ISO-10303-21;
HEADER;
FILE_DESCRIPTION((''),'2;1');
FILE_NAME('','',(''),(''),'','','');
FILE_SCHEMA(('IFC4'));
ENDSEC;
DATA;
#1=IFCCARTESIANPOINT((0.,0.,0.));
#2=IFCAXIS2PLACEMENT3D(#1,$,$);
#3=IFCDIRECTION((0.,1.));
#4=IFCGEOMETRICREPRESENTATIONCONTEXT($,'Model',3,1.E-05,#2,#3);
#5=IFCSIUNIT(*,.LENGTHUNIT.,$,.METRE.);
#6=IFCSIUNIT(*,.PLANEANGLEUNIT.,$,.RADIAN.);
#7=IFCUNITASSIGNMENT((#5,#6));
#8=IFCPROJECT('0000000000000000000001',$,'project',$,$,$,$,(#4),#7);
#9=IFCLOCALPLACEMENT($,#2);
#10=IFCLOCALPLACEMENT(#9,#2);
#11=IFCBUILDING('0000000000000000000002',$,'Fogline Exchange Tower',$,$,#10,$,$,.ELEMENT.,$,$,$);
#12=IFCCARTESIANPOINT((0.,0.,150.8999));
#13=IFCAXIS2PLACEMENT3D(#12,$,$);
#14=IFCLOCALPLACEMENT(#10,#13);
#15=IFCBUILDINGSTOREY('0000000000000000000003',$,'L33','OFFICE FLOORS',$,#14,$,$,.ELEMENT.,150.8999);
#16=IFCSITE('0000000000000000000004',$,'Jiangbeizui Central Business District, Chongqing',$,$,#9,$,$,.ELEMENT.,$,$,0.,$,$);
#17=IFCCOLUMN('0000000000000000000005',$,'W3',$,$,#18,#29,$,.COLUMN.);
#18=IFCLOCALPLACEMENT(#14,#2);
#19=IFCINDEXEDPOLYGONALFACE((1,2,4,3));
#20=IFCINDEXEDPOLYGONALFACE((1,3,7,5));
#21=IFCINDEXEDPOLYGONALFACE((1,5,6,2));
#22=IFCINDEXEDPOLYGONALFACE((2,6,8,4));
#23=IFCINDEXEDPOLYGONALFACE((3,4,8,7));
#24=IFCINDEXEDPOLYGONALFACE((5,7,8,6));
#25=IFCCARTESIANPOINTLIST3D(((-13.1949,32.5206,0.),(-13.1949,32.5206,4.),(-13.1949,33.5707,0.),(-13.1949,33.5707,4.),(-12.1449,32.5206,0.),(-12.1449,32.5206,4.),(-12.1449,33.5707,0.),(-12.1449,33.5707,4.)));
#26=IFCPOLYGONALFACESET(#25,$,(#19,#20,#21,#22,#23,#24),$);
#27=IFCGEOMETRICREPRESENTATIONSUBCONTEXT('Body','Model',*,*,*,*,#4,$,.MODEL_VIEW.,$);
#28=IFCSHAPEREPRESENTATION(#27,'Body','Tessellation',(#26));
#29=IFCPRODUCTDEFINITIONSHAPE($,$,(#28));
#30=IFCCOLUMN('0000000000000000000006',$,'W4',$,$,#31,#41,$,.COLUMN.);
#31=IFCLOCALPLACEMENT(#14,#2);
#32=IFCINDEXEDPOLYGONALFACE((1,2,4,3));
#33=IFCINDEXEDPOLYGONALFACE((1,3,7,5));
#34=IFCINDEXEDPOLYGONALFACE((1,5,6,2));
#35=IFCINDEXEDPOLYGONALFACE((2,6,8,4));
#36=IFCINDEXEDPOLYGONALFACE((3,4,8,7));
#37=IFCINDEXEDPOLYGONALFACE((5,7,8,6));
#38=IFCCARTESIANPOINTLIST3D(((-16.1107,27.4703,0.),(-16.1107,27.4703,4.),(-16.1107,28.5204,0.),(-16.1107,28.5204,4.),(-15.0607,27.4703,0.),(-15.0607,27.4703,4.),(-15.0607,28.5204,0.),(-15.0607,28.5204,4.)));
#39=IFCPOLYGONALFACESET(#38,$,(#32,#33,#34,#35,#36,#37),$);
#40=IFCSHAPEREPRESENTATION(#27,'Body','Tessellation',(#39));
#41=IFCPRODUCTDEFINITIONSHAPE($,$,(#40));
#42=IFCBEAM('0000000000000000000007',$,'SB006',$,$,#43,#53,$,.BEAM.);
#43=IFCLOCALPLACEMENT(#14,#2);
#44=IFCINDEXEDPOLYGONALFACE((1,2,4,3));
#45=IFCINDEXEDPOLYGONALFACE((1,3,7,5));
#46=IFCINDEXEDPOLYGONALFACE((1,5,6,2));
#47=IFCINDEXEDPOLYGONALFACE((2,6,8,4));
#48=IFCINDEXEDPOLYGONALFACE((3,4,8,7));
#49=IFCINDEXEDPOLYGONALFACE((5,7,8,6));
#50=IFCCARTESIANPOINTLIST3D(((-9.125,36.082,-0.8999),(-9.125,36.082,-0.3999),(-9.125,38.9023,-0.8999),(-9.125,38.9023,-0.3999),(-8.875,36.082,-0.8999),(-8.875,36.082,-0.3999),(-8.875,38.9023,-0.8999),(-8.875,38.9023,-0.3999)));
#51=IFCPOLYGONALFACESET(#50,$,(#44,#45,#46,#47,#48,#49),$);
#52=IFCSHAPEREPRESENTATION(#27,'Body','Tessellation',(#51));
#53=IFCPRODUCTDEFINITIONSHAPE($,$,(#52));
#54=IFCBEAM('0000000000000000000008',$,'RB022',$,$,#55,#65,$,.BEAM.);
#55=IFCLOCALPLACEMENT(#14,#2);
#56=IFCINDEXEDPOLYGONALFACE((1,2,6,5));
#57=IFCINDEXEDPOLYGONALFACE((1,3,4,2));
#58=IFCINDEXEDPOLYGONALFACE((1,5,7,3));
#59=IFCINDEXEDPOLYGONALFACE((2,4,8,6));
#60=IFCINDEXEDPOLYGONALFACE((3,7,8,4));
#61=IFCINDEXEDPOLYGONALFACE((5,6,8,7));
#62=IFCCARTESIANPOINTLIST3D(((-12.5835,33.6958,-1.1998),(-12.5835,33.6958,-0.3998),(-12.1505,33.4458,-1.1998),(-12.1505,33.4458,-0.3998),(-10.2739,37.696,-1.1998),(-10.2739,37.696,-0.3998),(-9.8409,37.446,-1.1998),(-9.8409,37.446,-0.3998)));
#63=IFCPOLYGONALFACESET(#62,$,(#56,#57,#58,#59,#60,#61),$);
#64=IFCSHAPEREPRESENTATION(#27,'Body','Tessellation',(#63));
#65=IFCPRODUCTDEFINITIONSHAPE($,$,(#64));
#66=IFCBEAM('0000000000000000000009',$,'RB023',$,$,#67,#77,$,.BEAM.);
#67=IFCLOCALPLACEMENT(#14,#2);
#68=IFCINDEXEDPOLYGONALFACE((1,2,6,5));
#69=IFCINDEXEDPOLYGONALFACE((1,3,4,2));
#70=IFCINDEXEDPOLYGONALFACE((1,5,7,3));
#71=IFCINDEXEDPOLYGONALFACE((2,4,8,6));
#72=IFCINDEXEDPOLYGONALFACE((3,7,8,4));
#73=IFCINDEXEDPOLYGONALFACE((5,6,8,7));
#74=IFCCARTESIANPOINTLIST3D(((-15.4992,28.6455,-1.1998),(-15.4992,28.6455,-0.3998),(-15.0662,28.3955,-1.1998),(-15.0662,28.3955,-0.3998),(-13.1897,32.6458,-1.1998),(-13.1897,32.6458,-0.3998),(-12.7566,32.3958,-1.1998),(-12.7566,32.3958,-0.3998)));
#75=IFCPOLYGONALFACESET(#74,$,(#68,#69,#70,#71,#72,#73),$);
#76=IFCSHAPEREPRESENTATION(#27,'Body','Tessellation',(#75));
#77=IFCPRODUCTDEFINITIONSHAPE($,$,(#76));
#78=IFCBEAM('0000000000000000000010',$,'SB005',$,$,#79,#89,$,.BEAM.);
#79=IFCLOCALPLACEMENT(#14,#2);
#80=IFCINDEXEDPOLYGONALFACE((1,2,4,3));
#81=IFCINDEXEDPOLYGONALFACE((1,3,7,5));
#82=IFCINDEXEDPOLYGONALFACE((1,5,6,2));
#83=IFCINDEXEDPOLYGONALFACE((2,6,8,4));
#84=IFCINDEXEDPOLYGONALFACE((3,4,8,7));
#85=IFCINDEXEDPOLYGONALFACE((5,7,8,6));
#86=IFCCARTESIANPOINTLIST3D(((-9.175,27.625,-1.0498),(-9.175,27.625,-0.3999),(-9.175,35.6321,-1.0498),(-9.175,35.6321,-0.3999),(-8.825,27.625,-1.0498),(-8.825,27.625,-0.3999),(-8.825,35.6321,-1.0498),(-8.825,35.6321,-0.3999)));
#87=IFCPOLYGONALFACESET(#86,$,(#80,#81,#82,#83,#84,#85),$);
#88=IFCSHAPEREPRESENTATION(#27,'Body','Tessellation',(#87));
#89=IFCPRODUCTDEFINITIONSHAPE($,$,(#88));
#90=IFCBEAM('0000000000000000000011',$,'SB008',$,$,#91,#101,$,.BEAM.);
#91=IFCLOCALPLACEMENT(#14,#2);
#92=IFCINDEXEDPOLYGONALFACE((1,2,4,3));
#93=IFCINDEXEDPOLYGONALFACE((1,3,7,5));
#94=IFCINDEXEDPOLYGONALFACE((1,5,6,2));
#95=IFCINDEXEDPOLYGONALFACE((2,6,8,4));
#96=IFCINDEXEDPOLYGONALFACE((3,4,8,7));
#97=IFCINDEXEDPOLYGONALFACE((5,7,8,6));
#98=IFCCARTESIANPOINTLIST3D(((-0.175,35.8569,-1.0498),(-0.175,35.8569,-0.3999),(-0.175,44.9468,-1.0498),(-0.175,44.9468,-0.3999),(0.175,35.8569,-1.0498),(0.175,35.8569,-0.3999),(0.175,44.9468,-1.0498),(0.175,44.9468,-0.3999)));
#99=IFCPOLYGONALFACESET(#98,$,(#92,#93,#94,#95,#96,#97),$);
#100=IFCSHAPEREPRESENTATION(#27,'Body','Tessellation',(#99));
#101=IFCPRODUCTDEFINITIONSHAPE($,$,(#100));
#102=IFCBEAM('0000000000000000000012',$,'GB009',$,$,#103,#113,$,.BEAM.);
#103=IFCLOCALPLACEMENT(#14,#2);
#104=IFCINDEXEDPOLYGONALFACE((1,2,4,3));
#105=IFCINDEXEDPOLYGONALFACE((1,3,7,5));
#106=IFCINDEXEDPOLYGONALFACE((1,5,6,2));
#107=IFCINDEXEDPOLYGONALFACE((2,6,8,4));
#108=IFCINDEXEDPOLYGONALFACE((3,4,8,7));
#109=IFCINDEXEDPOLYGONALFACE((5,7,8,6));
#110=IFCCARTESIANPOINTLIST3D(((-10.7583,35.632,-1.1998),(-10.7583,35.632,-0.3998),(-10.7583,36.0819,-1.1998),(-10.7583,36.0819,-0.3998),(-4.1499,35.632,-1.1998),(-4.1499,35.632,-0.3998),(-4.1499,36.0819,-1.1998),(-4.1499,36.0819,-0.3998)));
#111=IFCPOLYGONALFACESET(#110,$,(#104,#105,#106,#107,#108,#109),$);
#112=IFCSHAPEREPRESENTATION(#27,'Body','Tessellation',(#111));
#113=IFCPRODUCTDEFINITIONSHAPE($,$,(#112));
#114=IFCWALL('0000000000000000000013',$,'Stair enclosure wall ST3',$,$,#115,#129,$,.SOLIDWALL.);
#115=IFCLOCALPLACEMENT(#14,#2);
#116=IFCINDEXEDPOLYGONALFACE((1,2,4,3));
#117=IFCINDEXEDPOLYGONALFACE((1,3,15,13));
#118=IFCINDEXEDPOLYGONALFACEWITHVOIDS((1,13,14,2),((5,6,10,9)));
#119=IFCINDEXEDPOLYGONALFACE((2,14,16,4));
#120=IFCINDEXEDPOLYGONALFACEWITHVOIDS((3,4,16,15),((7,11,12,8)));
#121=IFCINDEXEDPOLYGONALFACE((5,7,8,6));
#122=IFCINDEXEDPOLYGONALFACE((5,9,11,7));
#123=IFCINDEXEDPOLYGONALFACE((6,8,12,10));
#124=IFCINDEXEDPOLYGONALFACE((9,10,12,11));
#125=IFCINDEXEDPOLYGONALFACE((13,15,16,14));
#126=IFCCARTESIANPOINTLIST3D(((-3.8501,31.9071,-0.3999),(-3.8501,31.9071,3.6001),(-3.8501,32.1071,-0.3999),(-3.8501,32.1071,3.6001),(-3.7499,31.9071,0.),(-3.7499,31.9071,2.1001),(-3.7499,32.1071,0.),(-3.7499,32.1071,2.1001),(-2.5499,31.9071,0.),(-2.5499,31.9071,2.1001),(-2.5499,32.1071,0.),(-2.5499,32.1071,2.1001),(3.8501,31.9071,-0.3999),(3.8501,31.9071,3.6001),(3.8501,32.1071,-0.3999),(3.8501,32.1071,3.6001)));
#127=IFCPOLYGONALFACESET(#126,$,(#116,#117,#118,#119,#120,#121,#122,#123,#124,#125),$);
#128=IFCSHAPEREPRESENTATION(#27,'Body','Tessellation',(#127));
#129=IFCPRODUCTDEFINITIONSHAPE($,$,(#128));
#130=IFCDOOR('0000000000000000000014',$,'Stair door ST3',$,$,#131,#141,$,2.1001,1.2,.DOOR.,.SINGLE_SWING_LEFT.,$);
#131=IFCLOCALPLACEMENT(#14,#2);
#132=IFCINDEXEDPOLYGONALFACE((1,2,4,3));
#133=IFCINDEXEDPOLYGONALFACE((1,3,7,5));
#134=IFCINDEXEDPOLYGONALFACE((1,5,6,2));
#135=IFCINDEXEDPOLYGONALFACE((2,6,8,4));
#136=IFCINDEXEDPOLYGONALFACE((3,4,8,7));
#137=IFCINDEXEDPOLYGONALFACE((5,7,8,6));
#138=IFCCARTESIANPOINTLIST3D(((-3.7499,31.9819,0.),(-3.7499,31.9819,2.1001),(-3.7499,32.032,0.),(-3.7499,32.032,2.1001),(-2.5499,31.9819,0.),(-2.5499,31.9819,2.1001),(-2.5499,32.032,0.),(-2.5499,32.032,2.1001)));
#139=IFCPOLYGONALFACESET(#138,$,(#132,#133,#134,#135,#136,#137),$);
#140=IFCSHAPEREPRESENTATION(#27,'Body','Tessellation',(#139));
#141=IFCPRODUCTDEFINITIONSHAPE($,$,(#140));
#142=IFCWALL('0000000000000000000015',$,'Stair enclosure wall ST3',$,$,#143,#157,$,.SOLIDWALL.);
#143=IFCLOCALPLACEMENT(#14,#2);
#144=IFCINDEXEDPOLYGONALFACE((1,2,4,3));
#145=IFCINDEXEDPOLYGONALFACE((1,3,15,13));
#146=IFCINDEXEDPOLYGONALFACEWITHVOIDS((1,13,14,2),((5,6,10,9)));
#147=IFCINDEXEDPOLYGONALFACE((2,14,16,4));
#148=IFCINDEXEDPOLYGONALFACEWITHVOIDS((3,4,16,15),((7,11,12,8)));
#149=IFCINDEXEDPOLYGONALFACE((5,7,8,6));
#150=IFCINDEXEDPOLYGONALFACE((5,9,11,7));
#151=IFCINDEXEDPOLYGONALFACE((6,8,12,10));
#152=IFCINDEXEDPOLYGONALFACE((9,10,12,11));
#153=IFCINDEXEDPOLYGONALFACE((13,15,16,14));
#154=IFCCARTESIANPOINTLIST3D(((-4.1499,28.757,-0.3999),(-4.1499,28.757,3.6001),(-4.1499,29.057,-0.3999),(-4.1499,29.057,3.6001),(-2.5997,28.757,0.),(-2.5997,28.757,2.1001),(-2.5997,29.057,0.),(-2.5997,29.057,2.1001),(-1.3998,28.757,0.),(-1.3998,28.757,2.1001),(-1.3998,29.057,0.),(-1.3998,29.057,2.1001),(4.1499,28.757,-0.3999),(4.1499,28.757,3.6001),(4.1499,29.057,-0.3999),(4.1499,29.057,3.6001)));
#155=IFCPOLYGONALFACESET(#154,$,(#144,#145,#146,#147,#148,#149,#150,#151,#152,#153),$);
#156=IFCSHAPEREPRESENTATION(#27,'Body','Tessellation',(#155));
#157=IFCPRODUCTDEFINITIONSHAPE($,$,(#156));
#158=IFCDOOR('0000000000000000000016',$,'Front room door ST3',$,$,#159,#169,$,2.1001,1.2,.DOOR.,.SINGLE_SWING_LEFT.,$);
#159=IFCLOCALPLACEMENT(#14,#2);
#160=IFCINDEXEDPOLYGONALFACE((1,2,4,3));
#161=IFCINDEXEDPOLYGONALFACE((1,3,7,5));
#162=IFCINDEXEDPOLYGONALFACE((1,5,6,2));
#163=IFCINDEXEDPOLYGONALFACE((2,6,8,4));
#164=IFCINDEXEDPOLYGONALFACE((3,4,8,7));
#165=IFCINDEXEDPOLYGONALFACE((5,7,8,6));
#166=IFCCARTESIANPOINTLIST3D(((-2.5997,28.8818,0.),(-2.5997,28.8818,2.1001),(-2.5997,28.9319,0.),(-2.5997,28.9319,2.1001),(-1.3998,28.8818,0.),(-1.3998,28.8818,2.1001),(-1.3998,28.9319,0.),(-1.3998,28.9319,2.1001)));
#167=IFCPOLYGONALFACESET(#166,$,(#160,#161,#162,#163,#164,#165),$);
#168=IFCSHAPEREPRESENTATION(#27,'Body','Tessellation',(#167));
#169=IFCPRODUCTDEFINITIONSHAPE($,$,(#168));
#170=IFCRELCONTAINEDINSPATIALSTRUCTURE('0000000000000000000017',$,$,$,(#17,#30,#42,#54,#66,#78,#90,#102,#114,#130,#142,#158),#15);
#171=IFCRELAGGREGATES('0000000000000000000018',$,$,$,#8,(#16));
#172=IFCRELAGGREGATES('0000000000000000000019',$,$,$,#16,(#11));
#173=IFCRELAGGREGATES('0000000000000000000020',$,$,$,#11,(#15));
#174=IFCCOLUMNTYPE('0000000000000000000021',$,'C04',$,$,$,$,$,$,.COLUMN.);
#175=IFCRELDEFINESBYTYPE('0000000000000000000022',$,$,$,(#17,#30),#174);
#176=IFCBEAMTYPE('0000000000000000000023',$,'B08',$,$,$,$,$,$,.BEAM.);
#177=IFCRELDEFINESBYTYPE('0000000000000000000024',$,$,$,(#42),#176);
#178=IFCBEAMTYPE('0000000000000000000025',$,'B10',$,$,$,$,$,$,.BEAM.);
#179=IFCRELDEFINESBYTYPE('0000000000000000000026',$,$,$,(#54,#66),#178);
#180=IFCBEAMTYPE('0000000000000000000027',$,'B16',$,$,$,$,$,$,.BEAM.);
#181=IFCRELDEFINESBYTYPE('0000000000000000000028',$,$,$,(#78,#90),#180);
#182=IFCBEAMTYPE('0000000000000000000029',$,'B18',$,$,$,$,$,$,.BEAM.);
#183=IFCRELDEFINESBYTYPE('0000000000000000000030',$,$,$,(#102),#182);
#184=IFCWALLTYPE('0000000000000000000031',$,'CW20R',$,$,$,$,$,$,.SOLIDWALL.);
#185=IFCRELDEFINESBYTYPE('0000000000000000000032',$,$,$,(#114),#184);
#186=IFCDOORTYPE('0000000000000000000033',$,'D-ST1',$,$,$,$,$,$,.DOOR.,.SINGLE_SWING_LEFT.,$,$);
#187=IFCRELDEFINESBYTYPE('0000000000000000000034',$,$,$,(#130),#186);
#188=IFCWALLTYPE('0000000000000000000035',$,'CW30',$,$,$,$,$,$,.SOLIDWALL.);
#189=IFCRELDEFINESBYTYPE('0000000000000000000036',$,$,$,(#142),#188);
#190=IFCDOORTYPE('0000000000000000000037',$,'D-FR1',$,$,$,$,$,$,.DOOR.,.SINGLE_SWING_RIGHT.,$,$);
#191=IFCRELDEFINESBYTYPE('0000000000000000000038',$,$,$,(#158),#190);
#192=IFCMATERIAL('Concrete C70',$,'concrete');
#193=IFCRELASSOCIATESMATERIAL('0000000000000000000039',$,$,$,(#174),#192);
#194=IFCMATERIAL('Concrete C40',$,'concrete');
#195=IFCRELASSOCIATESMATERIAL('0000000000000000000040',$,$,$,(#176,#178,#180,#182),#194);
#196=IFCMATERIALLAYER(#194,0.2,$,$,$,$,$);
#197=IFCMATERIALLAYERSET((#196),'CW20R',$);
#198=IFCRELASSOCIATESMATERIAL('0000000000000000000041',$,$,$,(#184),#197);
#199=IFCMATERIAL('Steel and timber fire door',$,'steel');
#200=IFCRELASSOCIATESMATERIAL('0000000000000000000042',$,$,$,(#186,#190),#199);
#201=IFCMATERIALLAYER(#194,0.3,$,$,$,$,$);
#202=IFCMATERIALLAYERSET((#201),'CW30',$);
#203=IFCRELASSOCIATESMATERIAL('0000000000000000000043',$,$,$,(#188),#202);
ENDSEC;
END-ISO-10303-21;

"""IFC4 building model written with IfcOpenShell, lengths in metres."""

from ifc_helpers import new_model, si_unit, direction, frame, frame_2d, origin, origin_2d, place, context, subcontext, project, spatial, rectangle, extrude, material, layer, layer_set, material_profile, profile_set, type_object, element, fill, save


model = new_model("IFC4")

# Units and contexts
model_context = context("Model", 3, precision=1e-05, world=origin(), true_north=direction((0.0, 1.0)))
body_context = subcontext(model_context, "Body", "Model", "MODEL_VIEW")
ifc_project = project(units=[si_unit("LENGTHUNIT", "METRE"), si_unit("PLANEANGLEUNIT", "RADIAN")], contexts=[model_context])

# Site, building, storey
site_placement = place(None, origin())
site = spatial("IfcSite", under=ifc_project, at=site_placement, Name="Jiangbeizui Central Business District, Chongqing", CompositionType="ELEMENT", RefElevation=0.0)
building_placement = place(site_placement, origin())
building = spatial("IfcBuilding", under=site, at=building_placement, Name="Fogline Exchange Tower", CompositionType="ELEMENT")
storey_placement = place(building_placement, frame((0.0, 0.0, 150.8999)))
storey = spatial("IfcBuildingStorey", under=building, at=storey_placement, Name="L33", Description="OFFICE FLOORS", CompositionType="ELEMENT", Elevation=150.8999)

# Columns
ifc_material_1 = material(Name="Concrete C70", Category="concrete")
ifc_material_profile_1 = material_profile(ifc_material_1, rectangle(XDim=1.05, YDim=1.05, at=origin_2d()), Name="RC 1050x1050")
ifc_profile_set_1 = profile_set([ifc_material_profile_1], Name="Concrete C70")
column_type = type_object("IfcColumnType", Name="C04", PredefinedType="COLUMN", material=ifc_profile_set_1)
for number, where, z_axis, x_axis, name in (
    (1, (-12.6699, 33.0457, 0.0), (0.0, 0.0, 1.0), (1.0, 0.0, 0.0), "W3"),
    (2, (-15.5857, 27.9954, 0.0), (0.0, 0.0, 1.0), (1.0, 0.0, 0.0), "W4"),
):
    element("IfcColumn", number, at=place(storey_placement, frame(where, z_axis=z_axis, x_axis=x_axis)), inside=storey, type_object=column_type, Name=name, PredefinedType="COLUMN", context=body_context, shape_type="SweptSolid", body=[
        extrude(rectangle(XDim=1.05, YDim=1.05, at=origin_2d()), origin(), (0.0, 0.0, 1.0), 4.0),
    ])

# Beams
ifc_material_2 = material(Name="Concrete C40", Category="concrete")
ifc_material_profile_2 = material_profile(ifc_material_2, rectangle(XDim=0.25, YDim=0.5, at=origin_2d()), Name="RC 250x500")
ifc_profile_set_2 = profile_set([ifc_material_profile_2], Name="Concrete C40")
beam_type_1 = type_object("IfcBeamType", Name="B08", PredefinedType="BEAM", material=ifc_profile_set_2)
beam_1_placement = place(storey_placement, frame((-9.0, 36.082, -0.6499), z_axis=(0.0, 1.0, 0.0), x_axis=(-1.0, 0.0, 0.0)))
element("IfcBeam", 3, at=beam_1_placement, inside=storey, type_object=beam_type_1, Name="SB006", PredefinedType="BEAM", context=body_context, shape_type="SweptSolid", body=[
    extrude(rectangle(XDim=0.25, YDim=0.5, at=origin_2d()), origin(), (0.0, 0.0, 1.0), 2.8203),
])
ifc_material_profile_3 = material_profile(ifc_material_2, rectangle(XDim=0.5, YDim=0.8, at=origin_2d()), Name="RC 500x800")
ifc_profile_set_3 = profile_set([ifc_material_profile_3], Name="Concrete C40")
beam_type_2 = type_object("IfcBeamType", Name="B10", PredefinedType="BEAM", material=ifc_profile_set_3)
for number, where, z_axis, x_axis, name in (
    (4, (-10.0574, 37.571, -0.7998), (-0.500005, -0.866023, 0.0), (0.866023, -0.500005, 0.0), "RB022"),
    (5, (-12.9731, 32.5208, -0.7998), (-0.500005, -0.866023, 0.0), (0.866023, -0.500005, 0.0), "RB023"),
):
    element("IfcBeam", number, at=place(storey_placement, frame(where, z_axis=z_axis, x_axis=x_axis)), inside=storey, type_object=beam_type_2, Name=name, PredefinedType="BEAM", context=body_context, shape_type="SweptSolid", body=[
        extrude(rectangle(XDim=0.5, YDim=0.8, at=origin_2d()), origin(), (0.0, 0.0, 1.0), 4.6191),
    ])
ifc_material_profile_4 = material_profile(ifc_material_2, rectangle(XDim=0.3501, YDim=0.6499, at=origin_2d()), Name="RC 350x650")
ifc_profile_set_4 = profile_set([ifc_material_profile_4], Name="Concrete C40")
beam_type_3 = type_object("IfcBeamType", Name="B16", PredefinedType="BEAM", material=ifc_profile_set_4)
beam_2_placement = place(storey_placement, frame((-9.0, 27.625, -0.7249), z_axis=(0.0, 1.0, 0.0), x_axis=(-1.0, 0.0, 0.0)))
element("IfcBeam", 6, at=beam_2_placement, inside=storey, type_object=beam_type_3, Name="SB005", PredefinedType="BEAM", context=body_context, shape_type="SweptSolid", body=[
    extrude(rectangle(XDim=0.3501, YDim=0.6499, at=origin_2d()), origin(), (0.0, 0.0, 1.0), 8.0071),
])
beam_3_placement = place(storey_placement, frame((0.0, 35.8569, -0.7249), z_axis=(0.0, 1.0, 0.0), x_axis=(-1.0, 0.0, 0.0)))
element("IfcBeam", 7, at=beam_3_placement, inside=storey, type_object=beam_type_3, Name="SB008", PredefinedType="BEAM", context=body_context, shape_type="SweptSolid", body=[
    extrude(rectangle(XDim=0.3501, YDim=0.6499, at=origin_2d()), origin(), (0.0, 0.0, 1.0), 9.0898),
])
ifc_material_profile_5 = material_profile(ifc_material_2, rectangle(XDim=0.45, YDim=0.8, at=origin_2d()), Name="RC 450x800")
ifc_profile_set_5 = profile_set([ifc_material_profile_5], Name="Concrete C40")
beam_type_4 = type_object("IfcBeamType", Name="B18", PredefinedType="BEAM", material=ifc_profile_set_5)
beam_4_placement = place(storey_placement, frame((-10.7583, 35.8569, -0.7998), z_axis=(1.0, 0.0, 0.0), x_axis=(0.0, 1.0, 0.0)))
element("IfcBeam", 8, at=beam_4_placement, inside=storey, type_object=beam_type_4, Name="GB009", PredefinedType="BEAM", context=body_context, shape_type="SweptSolid", body=[
    extrude(rectangle(XDim=0.45, YDim=0.8, at=origin_2d()), origin(), (0.0, 0.0, 1.0), 6.6084),
])

# Walls, openings, doors
ifc_layer_1 = layer(ifc_material_2, 0.2)
ifc_layer_set_1 = layer_set([ifc_layer_1], Name="CW20R")
wall_type_1 = type_object("IfcWallType", Name="CW20R", PredefinedType="SOLIDWALL", material=ifc_layer_set_1)
wall_1_placement = place(storey_placement, frame((-3.8501, 32.0071, -0.3999), z_axis=(0.0, 0.0, 1.0), x_axis=(1.0, 0.0, 0.0)))
wall_1 = element("IfcWall", 9, at=wall_1_placement, inside=storey, type_object=wall_type_1, Name="Stair enclosure wall ST3", PredefinedType="SOLIDWALL", context=body_context, shape_type="SweptSolid", body=[
    extrude(rectangle(XDim=7.7002, YDim=0.2, at=frame_2d((3.8501, 0.0))), origin(), (0.0, 0.0, 1.0), 4.0),
])
opening_1_placement = place(wall_1_placement, frame((0.1001, 0.0, 0.3999)))
opening_1 = element("IfcOpeningElement", 10, at=opening_1_placement, cuts=wall_1, PredefinedType="OPENING", context=body_context, shape_type="SweptSolid", body=[
    extrude(rectangle(XDim=1.2, YDim=2.1001, at=frame_2d((0.6001, 1.05))), frame((0.0, 0.1099, 0.0), z_axis=(0.0, -1.0, 0.0), x_axis=(1.0, 0.0, 0.0)), (0.0, 0.0, 1.0), 0.22),
])
ifc_material_3 = material(Name="Steel and timber fire door", Category="steel")
door_type_1 = type_object("IfcDoorType", Name="D-ST1", OperationType="SINGLE_SWING_LEFT", PredefinedType="DOOR", material=ifc_material_3)
door_1_placement = place(opening_1_placement, origin())
door_1 = element("IfcDoor", 11, at=door_1_placement, inside=storey, type_object=door_type_1, Name="Stair door ST3", OperationType="SINGLE_SWING_LEFT", OverallHeight=2.1001, OverallWidth=1.2, PredefinedType="DOOR", context=body_context, shape_type="SweptSolid", body=[
    extrude(rectangle(XDim=1.2, YDim=2.1001, at=frame_2d((0.6001, 1.05))), frame((0.0, 0.0249, 0.0), z_axis=(0.0, -1.0, 0.0), x_axis=(1.0, 0.0, 0.0)), (0.0, 0.0, 1.0), 0.05),
])
fill(opening_1, door_1)
ifc_layer_2 = layer(ifc_material_2, 0.3)
ifc_layer_set_2 = layer_set([ifc_layer_2], Name="CW30")
wall_type_2 = type_object("IfcWallType", Name="CW30", PredefinedType="SOLIDWALL", material=ifc_layer_set_2)
wall_2_placement = place(storey_placement, frame((-4.1499, 28.907, -0.3999), z_axis=(0.0, 0.0, 1.0), x_axis=(1.0, 0.0, 0.0)))
wall_2 = element("IfcWall", 12, at=wall_2_placement, inside=storey, type_object=wall_type_2, Name="Stair enclosure wall ST3", PredefinedType="SOLIDWALL", context=body_context, shape_type="SweptSolid", body=[
    extrude(rectangle(XDim=8.2998, YDim=0.3, at=frame_2d((4.1499, 0.0))), origin(), (0.0, 0.0, 1.0), 4.0),
])
opening_2_placement = place(wall_2_placement, frame((1.55, 0.0, 0.3999)))
opening_2 = element("IfcOpeningElement", 13, at=opening_2_placement, cuts=wall_2, PredefinedType="OPENING", context=body_context, shape_type="SweptSolid", body=[
    extrude(rectangle(XDim=1.2, YDim=2.1001, at=frame_2d((0.6001, 1.05))), frame((0.0, 0.1602, 0.0), z_axis=(0.0, -1.0, 0.0), x_axis=(1.0, 0.0, 0.0)), (0.0, 0.0, 1.0), 0.3201),
])
door_type_2 = type_object("IfcDoorType", Name="D-FR1", OperationType="SINGLE_SWING_RIGHT", PredefinedType="DOOR", material=ifc_material_3)
door_2_placement = place(opening_2_placement, origin())
door_2 = element("IfcDoor", 14, at=door_2_placement, inside=storey, type_object=door_type_2, Name="Front room door ST3", OperationType="SINGLE_SWING_LEFT", OverallHeight=2.1001, OverallWidth=1.2, PredefinedType="DOOR", context=body_context, shape_type="SweptSolid", body=[
    extrude(rectangle(XDim=1.2, YDim=2.1001, at=frame_2d((0.6001, 1.05))), frame((0.0, 0.0249, 0.0), z_axis=(0.0, -1.0, 0.0), x_axis=(1.0, 0.0, 0.0)), (0.0, 0.0, 1.0), 0.05),
])
fill(opening_2, door_2)

save(model, "model.ifc")
